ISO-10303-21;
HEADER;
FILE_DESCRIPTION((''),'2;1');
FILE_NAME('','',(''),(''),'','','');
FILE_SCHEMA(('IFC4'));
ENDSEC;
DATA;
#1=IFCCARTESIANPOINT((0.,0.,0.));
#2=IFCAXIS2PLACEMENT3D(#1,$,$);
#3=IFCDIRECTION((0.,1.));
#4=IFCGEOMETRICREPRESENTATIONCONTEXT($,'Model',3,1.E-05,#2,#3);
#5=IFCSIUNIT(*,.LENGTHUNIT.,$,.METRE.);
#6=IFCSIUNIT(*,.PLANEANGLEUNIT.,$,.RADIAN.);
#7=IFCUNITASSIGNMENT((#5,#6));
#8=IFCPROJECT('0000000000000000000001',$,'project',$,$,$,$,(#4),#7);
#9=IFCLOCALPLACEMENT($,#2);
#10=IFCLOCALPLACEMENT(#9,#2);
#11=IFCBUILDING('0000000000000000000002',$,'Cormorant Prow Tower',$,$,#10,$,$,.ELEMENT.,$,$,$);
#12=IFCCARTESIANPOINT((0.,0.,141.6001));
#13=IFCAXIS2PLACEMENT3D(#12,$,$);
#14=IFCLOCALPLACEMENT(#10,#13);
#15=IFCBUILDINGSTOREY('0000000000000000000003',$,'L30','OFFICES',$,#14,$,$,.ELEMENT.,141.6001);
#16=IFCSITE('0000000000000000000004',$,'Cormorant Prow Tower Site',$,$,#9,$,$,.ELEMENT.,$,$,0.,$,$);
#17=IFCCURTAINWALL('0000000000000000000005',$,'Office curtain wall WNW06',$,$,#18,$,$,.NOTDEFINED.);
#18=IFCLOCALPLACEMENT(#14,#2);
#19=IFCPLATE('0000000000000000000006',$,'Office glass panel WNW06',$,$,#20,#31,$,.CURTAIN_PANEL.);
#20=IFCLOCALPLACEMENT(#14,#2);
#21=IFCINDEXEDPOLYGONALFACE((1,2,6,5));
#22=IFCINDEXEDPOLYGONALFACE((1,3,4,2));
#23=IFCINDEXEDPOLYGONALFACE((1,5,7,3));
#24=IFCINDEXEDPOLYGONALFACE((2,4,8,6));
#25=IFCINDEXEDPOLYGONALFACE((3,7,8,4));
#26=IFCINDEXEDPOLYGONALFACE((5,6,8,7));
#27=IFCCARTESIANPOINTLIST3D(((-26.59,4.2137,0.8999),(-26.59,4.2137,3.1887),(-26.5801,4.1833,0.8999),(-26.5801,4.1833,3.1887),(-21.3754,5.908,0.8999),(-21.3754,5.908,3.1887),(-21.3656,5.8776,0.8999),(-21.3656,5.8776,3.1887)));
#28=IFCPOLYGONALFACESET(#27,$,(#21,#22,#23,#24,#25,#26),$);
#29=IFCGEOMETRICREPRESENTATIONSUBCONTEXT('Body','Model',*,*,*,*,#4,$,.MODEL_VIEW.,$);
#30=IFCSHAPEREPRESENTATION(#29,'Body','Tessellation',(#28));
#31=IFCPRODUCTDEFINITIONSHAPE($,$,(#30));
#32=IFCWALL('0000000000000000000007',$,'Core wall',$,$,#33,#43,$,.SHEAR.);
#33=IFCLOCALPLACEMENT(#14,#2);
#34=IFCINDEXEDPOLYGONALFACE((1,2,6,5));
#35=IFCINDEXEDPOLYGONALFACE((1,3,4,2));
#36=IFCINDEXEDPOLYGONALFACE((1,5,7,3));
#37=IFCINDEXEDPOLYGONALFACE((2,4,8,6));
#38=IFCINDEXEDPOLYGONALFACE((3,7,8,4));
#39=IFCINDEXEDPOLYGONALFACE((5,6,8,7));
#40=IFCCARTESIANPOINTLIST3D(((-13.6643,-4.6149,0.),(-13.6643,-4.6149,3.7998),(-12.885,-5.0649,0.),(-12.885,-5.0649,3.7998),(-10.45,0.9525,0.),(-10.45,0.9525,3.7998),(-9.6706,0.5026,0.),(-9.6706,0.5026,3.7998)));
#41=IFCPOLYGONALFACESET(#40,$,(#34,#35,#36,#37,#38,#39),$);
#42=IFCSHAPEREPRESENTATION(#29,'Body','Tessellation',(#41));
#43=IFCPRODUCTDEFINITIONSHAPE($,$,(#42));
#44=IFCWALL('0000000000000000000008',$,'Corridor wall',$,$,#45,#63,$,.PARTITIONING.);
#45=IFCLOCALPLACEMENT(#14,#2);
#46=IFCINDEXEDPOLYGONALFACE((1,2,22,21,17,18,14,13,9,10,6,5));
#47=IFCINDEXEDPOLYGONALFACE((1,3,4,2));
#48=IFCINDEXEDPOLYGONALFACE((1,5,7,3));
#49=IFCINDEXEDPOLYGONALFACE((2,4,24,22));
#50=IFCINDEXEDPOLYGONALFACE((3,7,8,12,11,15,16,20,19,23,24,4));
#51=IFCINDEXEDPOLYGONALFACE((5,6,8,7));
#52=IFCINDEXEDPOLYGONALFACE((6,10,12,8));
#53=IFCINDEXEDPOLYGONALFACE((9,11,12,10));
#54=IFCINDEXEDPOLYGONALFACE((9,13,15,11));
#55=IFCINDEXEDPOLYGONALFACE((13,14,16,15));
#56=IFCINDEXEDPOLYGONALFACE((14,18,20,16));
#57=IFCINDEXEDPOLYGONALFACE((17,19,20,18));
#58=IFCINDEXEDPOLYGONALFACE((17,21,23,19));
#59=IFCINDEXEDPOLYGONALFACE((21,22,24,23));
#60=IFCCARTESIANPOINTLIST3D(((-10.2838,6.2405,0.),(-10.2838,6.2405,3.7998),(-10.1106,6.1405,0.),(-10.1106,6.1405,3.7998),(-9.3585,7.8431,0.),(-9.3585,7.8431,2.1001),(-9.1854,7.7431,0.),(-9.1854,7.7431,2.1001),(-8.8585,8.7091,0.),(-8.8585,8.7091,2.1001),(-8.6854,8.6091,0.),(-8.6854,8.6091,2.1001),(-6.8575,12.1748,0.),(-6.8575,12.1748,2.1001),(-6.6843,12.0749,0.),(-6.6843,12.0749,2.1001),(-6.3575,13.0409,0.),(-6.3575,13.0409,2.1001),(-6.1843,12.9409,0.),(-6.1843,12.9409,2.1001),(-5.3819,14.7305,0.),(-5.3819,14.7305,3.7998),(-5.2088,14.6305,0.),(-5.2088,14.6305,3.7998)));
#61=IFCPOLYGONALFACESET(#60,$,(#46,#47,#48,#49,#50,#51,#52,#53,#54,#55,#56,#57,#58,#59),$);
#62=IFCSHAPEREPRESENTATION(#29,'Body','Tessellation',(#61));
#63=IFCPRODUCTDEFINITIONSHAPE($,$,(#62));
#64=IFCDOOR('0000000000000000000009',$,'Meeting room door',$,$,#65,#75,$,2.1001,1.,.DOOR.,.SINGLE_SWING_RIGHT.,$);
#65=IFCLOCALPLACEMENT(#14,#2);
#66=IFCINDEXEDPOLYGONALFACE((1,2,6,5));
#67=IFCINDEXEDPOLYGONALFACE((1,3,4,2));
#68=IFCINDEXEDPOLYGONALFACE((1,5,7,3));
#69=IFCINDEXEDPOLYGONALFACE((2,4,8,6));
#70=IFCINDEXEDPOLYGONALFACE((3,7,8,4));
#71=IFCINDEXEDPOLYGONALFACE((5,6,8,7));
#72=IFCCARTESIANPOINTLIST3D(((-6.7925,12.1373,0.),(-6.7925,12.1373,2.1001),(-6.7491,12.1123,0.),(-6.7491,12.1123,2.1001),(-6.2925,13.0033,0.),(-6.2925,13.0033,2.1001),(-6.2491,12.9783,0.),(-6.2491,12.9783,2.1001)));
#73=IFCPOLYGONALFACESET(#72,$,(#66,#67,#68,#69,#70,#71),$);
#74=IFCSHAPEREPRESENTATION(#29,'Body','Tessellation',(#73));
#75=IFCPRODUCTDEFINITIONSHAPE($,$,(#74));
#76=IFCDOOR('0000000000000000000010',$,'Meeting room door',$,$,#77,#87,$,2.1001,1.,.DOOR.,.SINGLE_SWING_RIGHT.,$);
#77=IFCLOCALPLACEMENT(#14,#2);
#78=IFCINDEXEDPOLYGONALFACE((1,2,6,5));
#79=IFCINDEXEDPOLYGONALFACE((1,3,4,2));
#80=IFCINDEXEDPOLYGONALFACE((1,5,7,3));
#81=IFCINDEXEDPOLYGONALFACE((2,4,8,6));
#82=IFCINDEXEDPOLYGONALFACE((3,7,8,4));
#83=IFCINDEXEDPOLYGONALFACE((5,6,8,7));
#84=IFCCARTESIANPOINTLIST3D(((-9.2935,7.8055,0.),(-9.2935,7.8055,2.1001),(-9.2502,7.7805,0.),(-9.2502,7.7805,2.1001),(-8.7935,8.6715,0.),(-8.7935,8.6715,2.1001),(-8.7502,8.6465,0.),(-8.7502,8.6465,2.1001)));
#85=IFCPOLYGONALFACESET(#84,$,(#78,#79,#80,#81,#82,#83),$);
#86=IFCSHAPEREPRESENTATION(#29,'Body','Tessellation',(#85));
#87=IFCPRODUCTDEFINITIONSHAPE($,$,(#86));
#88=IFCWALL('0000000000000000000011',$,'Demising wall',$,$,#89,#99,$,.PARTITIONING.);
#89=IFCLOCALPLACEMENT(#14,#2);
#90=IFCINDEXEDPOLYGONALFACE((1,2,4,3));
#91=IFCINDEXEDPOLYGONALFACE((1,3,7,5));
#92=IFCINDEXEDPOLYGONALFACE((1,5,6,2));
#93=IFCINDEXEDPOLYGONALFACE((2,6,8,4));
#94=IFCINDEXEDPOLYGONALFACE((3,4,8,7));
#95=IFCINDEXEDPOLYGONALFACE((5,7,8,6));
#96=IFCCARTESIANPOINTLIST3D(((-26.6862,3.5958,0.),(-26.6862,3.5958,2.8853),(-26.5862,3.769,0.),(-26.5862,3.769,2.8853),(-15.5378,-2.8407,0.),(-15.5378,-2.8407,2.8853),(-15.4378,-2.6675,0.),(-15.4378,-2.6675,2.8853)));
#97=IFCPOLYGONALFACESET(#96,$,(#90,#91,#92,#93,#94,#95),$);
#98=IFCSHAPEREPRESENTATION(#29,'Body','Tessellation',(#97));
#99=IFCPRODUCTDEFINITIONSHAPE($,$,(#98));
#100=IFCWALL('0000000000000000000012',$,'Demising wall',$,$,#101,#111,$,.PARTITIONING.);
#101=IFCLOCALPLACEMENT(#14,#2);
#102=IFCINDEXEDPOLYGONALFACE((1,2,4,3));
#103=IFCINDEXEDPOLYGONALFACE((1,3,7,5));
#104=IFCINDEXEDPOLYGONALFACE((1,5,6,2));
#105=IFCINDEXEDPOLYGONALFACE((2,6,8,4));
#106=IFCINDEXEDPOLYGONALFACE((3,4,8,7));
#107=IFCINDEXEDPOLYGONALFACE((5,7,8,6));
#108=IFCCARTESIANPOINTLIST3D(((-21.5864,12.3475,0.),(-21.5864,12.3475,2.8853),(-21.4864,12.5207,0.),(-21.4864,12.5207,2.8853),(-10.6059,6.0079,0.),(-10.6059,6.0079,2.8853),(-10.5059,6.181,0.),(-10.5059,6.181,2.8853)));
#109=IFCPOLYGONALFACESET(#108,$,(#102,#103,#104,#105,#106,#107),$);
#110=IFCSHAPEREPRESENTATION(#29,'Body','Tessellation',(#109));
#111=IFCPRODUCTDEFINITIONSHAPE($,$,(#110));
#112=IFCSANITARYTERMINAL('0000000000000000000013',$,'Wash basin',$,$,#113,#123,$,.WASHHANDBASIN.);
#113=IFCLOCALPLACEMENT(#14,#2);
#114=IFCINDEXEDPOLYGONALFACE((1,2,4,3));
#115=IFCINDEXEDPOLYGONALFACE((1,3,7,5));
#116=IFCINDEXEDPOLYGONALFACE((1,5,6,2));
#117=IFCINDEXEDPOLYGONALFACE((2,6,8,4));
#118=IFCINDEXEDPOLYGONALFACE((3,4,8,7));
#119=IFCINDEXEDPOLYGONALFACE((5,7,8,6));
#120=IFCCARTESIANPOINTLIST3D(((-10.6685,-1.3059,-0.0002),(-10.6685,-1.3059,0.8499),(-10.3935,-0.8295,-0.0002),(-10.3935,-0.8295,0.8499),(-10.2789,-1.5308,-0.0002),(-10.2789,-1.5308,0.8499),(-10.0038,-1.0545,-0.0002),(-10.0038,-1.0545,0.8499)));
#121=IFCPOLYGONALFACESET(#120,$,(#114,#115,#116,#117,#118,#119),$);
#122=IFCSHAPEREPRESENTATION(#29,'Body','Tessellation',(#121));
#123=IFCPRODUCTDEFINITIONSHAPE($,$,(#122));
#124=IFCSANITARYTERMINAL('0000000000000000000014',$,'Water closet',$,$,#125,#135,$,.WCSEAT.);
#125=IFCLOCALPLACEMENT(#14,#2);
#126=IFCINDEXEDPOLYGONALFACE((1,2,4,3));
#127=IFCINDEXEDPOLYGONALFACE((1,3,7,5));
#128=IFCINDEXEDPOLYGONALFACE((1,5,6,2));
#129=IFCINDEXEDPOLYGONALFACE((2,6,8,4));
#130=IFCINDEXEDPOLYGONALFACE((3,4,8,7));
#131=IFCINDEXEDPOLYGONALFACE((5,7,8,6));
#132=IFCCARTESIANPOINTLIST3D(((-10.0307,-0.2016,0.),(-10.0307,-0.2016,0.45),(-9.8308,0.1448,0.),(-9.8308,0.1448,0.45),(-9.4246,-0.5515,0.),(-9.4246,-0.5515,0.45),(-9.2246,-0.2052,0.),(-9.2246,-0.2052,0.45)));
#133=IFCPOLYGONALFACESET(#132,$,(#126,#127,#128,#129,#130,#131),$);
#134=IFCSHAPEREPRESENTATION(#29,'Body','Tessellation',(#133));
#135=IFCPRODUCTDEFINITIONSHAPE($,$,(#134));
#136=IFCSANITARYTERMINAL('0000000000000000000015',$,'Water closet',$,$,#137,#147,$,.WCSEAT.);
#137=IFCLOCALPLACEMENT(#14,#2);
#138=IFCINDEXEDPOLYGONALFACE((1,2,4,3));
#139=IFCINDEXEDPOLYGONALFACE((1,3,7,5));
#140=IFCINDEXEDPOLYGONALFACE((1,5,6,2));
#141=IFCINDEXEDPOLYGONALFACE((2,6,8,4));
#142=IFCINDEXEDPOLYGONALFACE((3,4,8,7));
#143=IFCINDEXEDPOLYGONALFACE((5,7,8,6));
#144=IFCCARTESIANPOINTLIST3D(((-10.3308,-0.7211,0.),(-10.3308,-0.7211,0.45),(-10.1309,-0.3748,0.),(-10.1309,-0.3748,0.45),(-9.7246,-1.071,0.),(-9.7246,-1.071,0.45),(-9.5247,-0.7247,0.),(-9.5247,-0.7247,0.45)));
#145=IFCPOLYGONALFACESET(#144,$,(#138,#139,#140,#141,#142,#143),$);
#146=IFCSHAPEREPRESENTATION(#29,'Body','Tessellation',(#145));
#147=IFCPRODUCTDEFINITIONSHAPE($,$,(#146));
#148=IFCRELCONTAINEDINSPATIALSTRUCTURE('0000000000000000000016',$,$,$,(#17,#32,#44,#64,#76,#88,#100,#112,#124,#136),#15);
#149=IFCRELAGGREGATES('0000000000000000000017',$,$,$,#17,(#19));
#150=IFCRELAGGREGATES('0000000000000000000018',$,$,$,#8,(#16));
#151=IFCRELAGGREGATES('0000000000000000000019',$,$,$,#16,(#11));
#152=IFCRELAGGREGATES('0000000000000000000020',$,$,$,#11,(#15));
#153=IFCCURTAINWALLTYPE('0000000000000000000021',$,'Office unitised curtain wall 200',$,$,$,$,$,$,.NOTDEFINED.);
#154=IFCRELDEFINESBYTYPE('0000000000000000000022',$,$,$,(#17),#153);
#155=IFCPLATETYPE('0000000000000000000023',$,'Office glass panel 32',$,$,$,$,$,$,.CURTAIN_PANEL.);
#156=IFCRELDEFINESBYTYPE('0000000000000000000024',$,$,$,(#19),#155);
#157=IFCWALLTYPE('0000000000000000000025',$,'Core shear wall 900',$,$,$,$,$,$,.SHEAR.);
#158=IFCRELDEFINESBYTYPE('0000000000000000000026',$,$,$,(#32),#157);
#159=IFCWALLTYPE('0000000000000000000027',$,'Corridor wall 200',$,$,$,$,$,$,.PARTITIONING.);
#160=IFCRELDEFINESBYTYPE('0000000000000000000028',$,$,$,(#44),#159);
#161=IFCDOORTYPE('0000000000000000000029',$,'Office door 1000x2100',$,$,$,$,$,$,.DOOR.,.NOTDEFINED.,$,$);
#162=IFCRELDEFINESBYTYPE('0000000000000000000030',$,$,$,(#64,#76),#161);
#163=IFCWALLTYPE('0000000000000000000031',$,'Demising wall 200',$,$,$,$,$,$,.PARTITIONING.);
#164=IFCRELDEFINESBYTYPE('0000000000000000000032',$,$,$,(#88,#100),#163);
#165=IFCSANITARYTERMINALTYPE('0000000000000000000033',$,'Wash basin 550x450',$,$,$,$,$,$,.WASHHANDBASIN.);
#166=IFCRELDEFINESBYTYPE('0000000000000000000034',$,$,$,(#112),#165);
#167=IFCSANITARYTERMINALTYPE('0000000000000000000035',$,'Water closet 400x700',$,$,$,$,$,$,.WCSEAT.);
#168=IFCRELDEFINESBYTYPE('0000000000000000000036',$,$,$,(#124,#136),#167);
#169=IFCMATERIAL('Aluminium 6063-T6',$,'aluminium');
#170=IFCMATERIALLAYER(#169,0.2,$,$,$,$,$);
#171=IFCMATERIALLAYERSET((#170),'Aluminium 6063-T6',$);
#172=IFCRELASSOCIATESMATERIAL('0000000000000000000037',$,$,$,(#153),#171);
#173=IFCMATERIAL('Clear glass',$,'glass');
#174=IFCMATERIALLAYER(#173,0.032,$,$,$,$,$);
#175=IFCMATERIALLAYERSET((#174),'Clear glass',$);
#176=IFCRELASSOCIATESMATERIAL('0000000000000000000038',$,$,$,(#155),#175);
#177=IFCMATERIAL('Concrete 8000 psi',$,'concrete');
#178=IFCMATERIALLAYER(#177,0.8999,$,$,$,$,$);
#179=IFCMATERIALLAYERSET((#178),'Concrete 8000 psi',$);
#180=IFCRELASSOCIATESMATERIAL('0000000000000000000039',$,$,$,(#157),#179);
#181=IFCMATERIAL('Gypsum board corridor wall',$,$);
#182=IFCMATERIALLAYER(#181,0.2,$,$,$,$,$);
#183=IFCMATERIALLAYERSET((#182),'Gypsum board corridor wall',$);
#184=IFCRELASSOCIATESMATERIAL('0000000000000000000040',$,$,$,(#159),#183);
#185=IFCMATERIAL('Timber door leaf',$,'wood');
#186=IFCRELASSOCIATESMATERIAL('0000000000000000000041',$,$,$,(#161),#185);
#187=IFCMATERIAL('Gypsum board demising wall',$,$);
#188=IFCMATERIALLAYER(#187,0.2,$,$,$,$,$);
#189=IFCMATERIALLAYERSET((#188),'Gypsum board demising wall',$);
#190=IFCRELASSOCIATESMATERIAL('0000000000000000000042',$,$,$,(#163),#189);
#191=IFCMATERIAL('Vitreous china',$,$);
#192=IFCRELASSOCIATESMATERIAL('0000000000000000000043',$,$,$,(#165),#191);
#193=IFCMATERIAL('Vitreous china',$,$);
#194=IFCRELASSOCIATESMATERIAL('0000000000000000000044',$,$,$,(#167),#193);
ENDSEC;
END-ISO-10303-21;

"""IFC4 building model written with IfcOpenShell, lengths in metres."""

from ifc_helpers import new_model, si_unit, direction, frame, frame_2d, origin, origin_2d, place, context, subcontext, project, spatial, rectangle, extrude, material, layer, layer_set, type_object, element, fill, aggregate, save


model = new_model("IFC4")

# Units and contexts
model_context = context("Model", 3, precision=1e-05, world=origin(), true_north=direction((0.0, 1.0)))
body_context = subcontext(model_context, "Body", "Model", "MODEL_VIEW")
ifc_project = project(units=[si_unit("LENGTHUNIT", "METRE"), si_unit("PLANEANGLEUNIT", "RADIAN")], contexts=[model_context])

# Site, building, storey
site_placement = place(None, origin())
site = spatial("IfcSite", under=ifc_project, at=site_placement, Name="Cormorant Prow Tower Site", CompositionType="ELEMENT", RefElevation=0.0)
building_placement = place(site_placement, origin())
building = spatial("IfcBuilding", under=site, at=building_placement, Name="Cormorant Prow Tower", CompositionType="ELEMENT")
storey_placement = place(building_placement, frame((0.0, 0.0, 141.6001)))
storey = spatial("IfcBuildingStorey", under=building, at=storey_placement, Name="L30", Description="OFFICES", CompositionType="ELEMENT", Elevation=141.6001)

# Curtain wall
ifc_material_1 = material(Name="Aluminium 6063-T6", Category="aluminium")
ifc_layer_1 = layer(ifc_material_1, 0.2)
ifc_layer_set_1 = layer_set([ifc_layer_1], Name="Aluminium 6063-T6")
curtain_wall_type = type_object("IfcCurtainWallType", Name="Office unitised curtain wall 200", PredefinedType="NOTDEFINED", material=ifc_layer_set_1)
curtain_wall_placement = place(storey_placement, origin())
curtain_wall = element("IfcCurtainWall", 1, at=curtain_wall_placement, inside=storey, type_object=curtain_wall_type, Name="Office curtain wall WNW06", PredefinedType="NOTDEFINED")

# Plate
ifc_material_2 = material(Name="Clear glass", Category="glass")
ifc_layer_2 = layer(ifc_material_2, 0.032)
ifc_layer_set_2 = layer_set([ifc_layer_2], Name="Clear glass")
plate_type = type_object("IfcPlateType", Name="Office glass panel 32", PredefinedType="CURTAIN_PANEL", material=ifc_layer_set_2)
plate_placement = place(storey_placement, frame((-23.9778, 5.0457, 0.8999), z_axis=(0.0, 0.0, 1.0), x_axis=(-0.951057, -0.309017, 0.0)))
plate = element("IfcPlate", 2, at=plate_placement, type_object=plate_type, Name="Office glass panel WNW06", PredefinedType="CURTAIN_PANEL", context=body_context, shape_type="SweptSolid", body=[
    extrude(rectangle(XDim=5.4829, YDim=0.032, at=origin_2d()), origin(), (0.0, 0.0, 1.0), 2.2888),
])
aggregate(curtain_wall, [plate])

# Wall
ifc_material_3 = material(Name="Concrete 8000 psi", Category="concrete")
ifc_layer_3 = layer(ifc_material_3, 0.8999)
ifc_layer_set_3 = layer_set([ifc_layer_3], Name="Concrete 8000 psi")
wall_type_1 = type_object("IfcWallType", Name="Core shear wall 900", PredefinedType="SHEAR", material=ifc_layer_set_3)
wall_1_placement = place(storey_placement, frame((-10.0603, 0.7275, 0.0), z_axis=(0.0, 0.0, 1.0), x_axis=(-0.500003, -0.866024, 0.0)))
element("IfcWall", 3, at=wall_1_placement, inside=storey, type_object=wall_type_1, Name="Core wall", PredefinedType="SHEAR", context=body_context, shape_type="SweptSolid", body=[
    extrude(rectangle(XDim=6.4287, YDim=0.8999, at=frame_2d((3.2144, 0.0))), origin(), (0.0, 0.0, 1.0), 3.7998),
])

# Wall, openings, doors
ifc_material_4 = material(Name="Gypsum board corridor wall")
ifc_layer_4 = layer(ifc_material_4, 0.2)
ifc_layer_set_4 = layer_set([ifc_layer_4], Name="Gypsum board corridor wall")
wall_type_2 = type_object("IfcWallType", Name="Corridor wall 200", PredefinedType="PARTITIONING", material=ifc_layer_set_4)
wall_2_placement = place(storey_placement, frame((-10.1973, 6.1904, 0.0), z_axis=(0.0, 0.0, 1.0), x_axis=(0.500012, 0.866018, 0.0)))
wall_2 = element("IfcWall", 4, at=wall_2_placement, inside=storey, type_object=wall_type_2, Name="Corridor wall", PredefinedType="PARTITIONING", context=body_context, shape_type="SweptSolid", body=[
    extrude(rectangle(XDim=9.8035, YDim=0.2, at=frame_2d((4.9019, 0.0))), origin(), (0.0, 0.0, 1.0), 3.7998),
])
opening_1_placement = place(wall_2_placement, frame((6.8525, 0.0, 0.0)))
opening_1 = element("IfcOpeningElement", 5, at=opening_1_placement, cuts=wall_2, PredefinedType="OPENING", context=body_context, shape_type="SweptSolid", body=[
    extrude(rectangle(XDim=1.0, YDim=2.1001, at=frame_2d((0.5, 1.05))), frame((0.0, 0.1099, 0.0), z_axis=(0.0, -1.0, 0.0), x_axis=(1.0, 0.0, 0.0)), (0.0, 0.0, 1.0), 0.22),
])
opening_2_placement = place(wall_2_placement, frame((1.8506, 0.0, 0.0)))
opening_2 = element("IfcOpeningElement", 6, at=opening_2_placement, cuts=wall_2, PredefinedType="OPENING", context=body_context, shape_type="SweptSolid", body=[
    extrude(rectangle(XDim=1.0, YDim=2.1001, at=frame_2d((0.5, 1.05))), frame((0.0, 0.1099, 0.0), z_axis=(0.0, -1.0, 0.0), x_axis=(1.0, 0.0, 0.0)), (0.0, 0.0, 1.0), 0.22),
])
ifc_material_5 = material(Name="Timber door leaf", Category="wood")
door_type_1 = type_object("IfcDoorType", Name="Office door 1000x2100", OperationType="NOTDEFINED", PredefinedType="DOOR", material=ifc_material_5)
door_1_placement = place(opening_1_placement, origin())
door_1 = element("IfcDoor", 7, at=door_1_placement, inside=storey, type_object=door_type_1, Name="Meeting room door", OperationType="SINGLE_SWING_RIGHT", OverallHeight=2.1001, OverallWidth=1.0, PredefinedType="DOOR", context=body_context, shape_type="SweptSolid", body=[
    extrude(rectangle(XDim=1.0, YDim=2.1001, at=frame_2d((0.5, 1.05))), frame((0.0, 0.0249, 0.0), z_axis=(0.0, -1.0, 0.0), x_axis=(1.0, 0.0, 0.0)), (0.0, 0.0, 1.0), 0.05),
])
fill(opening_1, door_1)
door_2_placement = place(opening_2_placement, origin())
door_2 = element("IfcDoor", 8, at=door_2_placement, inside=storey, type_object=door_type_1, Name="Meeting room door", OperationType="SINGLE_SWING_RIGHT", OverallHeight=2.1001, OverallWidth=1.0, PredefinedType="DOOR", context=body_context, shape_type="SweptSolid", body=[
    extrude(rectangle(XDim=1.0, YDim=2.1001, at=frame_2d((0.5, 1.05))), frame((0.0, 0.0249, 0.0), z_axis=(0.0, -1.0, 0.0), x_axis=(1.0, 0.0, 0.0)), (0.0, 0.0, 1.0), 0.05),
])
fill(opening_2, door_2)

# Walls
ifc_material_6 = material(Name="Gypsum board demising wall")
ifc_layer_5 = layer(ifc_material_6, 0.2)
ifc_layer_set_5 = layer_set([ifc_layer_5], Name="Gypsum board demising wall")
wall_type_3 = type_object("IfcWallType", Name="Demising wall 200", PredefinedType="PARTITIONING", material=ifc_layer_set_5)
wall_3_placement = place(storey_placement, frame((-26.6362, 3.6824, 0.0), z_axis=(0.0, 0.0, 1.0), x_axis=(0.866026, -0.499998, 0.0)))
element("IfcWall", 9, at=wall_3_placement, inside=storey, type_object=wall_type_3, Name="Demising wall", PredefinedType="PARTITIONING", context=body_context, shape_type="SweptSolid", body=[
    extrude(rectangle(XDim=12.873, YDim=0.2, at=frame_2d((6.4365, 0.0))), origin(), (0.0, 0.0, 1.0), 2.8853),
])
wall_4_placement = place(storey_placement, frame((-21.5364, 12.4341, 0.0), z_axis=(0.0, 0.0, 1.0), x_axis=(0.866025, -0.500001, 0.0)))
element("IfcWall", 10, at=wall_4_placement, inside=storey, type_object=wall_type_3, Name="Demising wall", PredefinedType="PARTITIONING", context=body_context, shape_type="SweptSolid", body=[
    extrude(rectangle(XDim=12.6792, YDim=0.2, at=frame_2d((6.3396, 0.0))), origin(), (0.0, 0.0, 1.0), 2.8853),
])

# Sanitary terminals
ifc_material_7 = material(Name="Vitreous china")
sanitary_terminal_type_1 = type_object("IfcSanitaryTerminalType", Name="Wash basin 550x450", PredefinedType="WASHHANDBASIN", material=ifc_material_7)
sanitary_terminal_placement = place(storey_placement, frame((-10.3362, -1.1802, -0.0002), z_axis=(0.0, 0.0, 1.0), x_axis=(-0.499985, -0.866034, 0.0)))
element("IfcSanitaryTerminal", 11, at=sanitary_terminal_placement, inside=storey, type_object=sanitary_terminal_type_1, Name="Wash basin", PredefinedType="WASHHANDBASIN", context=body_context, shape_type="SweptSolid", body=[
    extrude(rectangle(XDim=0.55, YDim=0.45, at=origin_2d()), origin(), (0.0, 0.0, 1.0), 0.8501),
])
ifc_material_8 = material(Name="Vitreous china")
sanitary_terminal_type_2 = type_object("IfcSanitaryTerminalType", Name="Water closet 400x700", PredefinedType="WCSEAT", material=ifc_material_8)
for number, where, z_axis, x_axis, name in (
    (12, (-9.6277, -0.2034, 0.0), (0.0, 0.0, 1.0), (-0.499985, -0.866034, 0.0), "Water closet"),
    (13, (-9.9277, -0.7229, 0.0), (0.0, 0.0, 1.0), (-0.499985, -0.866034, 0.0), "Water closet"),
):
    element("IfcSanitaryTerminal", number, at=place(storey_placement, frame(where, z_axis=z_axis, x_axis=x_axis)), inside=storey, type_object=sanitary_terminal_type_2, Name=name, PredefinedType="WCSEAT", context=body_context, shape_type="SweptSolid", body=[
        extrude(rectangle(XDim=0.3999, YDim=0.7, at=origin_2d()), origin(), (0.0, 0.0, 1.0), 0.45),
    ])

save(model, "model.ifc")
